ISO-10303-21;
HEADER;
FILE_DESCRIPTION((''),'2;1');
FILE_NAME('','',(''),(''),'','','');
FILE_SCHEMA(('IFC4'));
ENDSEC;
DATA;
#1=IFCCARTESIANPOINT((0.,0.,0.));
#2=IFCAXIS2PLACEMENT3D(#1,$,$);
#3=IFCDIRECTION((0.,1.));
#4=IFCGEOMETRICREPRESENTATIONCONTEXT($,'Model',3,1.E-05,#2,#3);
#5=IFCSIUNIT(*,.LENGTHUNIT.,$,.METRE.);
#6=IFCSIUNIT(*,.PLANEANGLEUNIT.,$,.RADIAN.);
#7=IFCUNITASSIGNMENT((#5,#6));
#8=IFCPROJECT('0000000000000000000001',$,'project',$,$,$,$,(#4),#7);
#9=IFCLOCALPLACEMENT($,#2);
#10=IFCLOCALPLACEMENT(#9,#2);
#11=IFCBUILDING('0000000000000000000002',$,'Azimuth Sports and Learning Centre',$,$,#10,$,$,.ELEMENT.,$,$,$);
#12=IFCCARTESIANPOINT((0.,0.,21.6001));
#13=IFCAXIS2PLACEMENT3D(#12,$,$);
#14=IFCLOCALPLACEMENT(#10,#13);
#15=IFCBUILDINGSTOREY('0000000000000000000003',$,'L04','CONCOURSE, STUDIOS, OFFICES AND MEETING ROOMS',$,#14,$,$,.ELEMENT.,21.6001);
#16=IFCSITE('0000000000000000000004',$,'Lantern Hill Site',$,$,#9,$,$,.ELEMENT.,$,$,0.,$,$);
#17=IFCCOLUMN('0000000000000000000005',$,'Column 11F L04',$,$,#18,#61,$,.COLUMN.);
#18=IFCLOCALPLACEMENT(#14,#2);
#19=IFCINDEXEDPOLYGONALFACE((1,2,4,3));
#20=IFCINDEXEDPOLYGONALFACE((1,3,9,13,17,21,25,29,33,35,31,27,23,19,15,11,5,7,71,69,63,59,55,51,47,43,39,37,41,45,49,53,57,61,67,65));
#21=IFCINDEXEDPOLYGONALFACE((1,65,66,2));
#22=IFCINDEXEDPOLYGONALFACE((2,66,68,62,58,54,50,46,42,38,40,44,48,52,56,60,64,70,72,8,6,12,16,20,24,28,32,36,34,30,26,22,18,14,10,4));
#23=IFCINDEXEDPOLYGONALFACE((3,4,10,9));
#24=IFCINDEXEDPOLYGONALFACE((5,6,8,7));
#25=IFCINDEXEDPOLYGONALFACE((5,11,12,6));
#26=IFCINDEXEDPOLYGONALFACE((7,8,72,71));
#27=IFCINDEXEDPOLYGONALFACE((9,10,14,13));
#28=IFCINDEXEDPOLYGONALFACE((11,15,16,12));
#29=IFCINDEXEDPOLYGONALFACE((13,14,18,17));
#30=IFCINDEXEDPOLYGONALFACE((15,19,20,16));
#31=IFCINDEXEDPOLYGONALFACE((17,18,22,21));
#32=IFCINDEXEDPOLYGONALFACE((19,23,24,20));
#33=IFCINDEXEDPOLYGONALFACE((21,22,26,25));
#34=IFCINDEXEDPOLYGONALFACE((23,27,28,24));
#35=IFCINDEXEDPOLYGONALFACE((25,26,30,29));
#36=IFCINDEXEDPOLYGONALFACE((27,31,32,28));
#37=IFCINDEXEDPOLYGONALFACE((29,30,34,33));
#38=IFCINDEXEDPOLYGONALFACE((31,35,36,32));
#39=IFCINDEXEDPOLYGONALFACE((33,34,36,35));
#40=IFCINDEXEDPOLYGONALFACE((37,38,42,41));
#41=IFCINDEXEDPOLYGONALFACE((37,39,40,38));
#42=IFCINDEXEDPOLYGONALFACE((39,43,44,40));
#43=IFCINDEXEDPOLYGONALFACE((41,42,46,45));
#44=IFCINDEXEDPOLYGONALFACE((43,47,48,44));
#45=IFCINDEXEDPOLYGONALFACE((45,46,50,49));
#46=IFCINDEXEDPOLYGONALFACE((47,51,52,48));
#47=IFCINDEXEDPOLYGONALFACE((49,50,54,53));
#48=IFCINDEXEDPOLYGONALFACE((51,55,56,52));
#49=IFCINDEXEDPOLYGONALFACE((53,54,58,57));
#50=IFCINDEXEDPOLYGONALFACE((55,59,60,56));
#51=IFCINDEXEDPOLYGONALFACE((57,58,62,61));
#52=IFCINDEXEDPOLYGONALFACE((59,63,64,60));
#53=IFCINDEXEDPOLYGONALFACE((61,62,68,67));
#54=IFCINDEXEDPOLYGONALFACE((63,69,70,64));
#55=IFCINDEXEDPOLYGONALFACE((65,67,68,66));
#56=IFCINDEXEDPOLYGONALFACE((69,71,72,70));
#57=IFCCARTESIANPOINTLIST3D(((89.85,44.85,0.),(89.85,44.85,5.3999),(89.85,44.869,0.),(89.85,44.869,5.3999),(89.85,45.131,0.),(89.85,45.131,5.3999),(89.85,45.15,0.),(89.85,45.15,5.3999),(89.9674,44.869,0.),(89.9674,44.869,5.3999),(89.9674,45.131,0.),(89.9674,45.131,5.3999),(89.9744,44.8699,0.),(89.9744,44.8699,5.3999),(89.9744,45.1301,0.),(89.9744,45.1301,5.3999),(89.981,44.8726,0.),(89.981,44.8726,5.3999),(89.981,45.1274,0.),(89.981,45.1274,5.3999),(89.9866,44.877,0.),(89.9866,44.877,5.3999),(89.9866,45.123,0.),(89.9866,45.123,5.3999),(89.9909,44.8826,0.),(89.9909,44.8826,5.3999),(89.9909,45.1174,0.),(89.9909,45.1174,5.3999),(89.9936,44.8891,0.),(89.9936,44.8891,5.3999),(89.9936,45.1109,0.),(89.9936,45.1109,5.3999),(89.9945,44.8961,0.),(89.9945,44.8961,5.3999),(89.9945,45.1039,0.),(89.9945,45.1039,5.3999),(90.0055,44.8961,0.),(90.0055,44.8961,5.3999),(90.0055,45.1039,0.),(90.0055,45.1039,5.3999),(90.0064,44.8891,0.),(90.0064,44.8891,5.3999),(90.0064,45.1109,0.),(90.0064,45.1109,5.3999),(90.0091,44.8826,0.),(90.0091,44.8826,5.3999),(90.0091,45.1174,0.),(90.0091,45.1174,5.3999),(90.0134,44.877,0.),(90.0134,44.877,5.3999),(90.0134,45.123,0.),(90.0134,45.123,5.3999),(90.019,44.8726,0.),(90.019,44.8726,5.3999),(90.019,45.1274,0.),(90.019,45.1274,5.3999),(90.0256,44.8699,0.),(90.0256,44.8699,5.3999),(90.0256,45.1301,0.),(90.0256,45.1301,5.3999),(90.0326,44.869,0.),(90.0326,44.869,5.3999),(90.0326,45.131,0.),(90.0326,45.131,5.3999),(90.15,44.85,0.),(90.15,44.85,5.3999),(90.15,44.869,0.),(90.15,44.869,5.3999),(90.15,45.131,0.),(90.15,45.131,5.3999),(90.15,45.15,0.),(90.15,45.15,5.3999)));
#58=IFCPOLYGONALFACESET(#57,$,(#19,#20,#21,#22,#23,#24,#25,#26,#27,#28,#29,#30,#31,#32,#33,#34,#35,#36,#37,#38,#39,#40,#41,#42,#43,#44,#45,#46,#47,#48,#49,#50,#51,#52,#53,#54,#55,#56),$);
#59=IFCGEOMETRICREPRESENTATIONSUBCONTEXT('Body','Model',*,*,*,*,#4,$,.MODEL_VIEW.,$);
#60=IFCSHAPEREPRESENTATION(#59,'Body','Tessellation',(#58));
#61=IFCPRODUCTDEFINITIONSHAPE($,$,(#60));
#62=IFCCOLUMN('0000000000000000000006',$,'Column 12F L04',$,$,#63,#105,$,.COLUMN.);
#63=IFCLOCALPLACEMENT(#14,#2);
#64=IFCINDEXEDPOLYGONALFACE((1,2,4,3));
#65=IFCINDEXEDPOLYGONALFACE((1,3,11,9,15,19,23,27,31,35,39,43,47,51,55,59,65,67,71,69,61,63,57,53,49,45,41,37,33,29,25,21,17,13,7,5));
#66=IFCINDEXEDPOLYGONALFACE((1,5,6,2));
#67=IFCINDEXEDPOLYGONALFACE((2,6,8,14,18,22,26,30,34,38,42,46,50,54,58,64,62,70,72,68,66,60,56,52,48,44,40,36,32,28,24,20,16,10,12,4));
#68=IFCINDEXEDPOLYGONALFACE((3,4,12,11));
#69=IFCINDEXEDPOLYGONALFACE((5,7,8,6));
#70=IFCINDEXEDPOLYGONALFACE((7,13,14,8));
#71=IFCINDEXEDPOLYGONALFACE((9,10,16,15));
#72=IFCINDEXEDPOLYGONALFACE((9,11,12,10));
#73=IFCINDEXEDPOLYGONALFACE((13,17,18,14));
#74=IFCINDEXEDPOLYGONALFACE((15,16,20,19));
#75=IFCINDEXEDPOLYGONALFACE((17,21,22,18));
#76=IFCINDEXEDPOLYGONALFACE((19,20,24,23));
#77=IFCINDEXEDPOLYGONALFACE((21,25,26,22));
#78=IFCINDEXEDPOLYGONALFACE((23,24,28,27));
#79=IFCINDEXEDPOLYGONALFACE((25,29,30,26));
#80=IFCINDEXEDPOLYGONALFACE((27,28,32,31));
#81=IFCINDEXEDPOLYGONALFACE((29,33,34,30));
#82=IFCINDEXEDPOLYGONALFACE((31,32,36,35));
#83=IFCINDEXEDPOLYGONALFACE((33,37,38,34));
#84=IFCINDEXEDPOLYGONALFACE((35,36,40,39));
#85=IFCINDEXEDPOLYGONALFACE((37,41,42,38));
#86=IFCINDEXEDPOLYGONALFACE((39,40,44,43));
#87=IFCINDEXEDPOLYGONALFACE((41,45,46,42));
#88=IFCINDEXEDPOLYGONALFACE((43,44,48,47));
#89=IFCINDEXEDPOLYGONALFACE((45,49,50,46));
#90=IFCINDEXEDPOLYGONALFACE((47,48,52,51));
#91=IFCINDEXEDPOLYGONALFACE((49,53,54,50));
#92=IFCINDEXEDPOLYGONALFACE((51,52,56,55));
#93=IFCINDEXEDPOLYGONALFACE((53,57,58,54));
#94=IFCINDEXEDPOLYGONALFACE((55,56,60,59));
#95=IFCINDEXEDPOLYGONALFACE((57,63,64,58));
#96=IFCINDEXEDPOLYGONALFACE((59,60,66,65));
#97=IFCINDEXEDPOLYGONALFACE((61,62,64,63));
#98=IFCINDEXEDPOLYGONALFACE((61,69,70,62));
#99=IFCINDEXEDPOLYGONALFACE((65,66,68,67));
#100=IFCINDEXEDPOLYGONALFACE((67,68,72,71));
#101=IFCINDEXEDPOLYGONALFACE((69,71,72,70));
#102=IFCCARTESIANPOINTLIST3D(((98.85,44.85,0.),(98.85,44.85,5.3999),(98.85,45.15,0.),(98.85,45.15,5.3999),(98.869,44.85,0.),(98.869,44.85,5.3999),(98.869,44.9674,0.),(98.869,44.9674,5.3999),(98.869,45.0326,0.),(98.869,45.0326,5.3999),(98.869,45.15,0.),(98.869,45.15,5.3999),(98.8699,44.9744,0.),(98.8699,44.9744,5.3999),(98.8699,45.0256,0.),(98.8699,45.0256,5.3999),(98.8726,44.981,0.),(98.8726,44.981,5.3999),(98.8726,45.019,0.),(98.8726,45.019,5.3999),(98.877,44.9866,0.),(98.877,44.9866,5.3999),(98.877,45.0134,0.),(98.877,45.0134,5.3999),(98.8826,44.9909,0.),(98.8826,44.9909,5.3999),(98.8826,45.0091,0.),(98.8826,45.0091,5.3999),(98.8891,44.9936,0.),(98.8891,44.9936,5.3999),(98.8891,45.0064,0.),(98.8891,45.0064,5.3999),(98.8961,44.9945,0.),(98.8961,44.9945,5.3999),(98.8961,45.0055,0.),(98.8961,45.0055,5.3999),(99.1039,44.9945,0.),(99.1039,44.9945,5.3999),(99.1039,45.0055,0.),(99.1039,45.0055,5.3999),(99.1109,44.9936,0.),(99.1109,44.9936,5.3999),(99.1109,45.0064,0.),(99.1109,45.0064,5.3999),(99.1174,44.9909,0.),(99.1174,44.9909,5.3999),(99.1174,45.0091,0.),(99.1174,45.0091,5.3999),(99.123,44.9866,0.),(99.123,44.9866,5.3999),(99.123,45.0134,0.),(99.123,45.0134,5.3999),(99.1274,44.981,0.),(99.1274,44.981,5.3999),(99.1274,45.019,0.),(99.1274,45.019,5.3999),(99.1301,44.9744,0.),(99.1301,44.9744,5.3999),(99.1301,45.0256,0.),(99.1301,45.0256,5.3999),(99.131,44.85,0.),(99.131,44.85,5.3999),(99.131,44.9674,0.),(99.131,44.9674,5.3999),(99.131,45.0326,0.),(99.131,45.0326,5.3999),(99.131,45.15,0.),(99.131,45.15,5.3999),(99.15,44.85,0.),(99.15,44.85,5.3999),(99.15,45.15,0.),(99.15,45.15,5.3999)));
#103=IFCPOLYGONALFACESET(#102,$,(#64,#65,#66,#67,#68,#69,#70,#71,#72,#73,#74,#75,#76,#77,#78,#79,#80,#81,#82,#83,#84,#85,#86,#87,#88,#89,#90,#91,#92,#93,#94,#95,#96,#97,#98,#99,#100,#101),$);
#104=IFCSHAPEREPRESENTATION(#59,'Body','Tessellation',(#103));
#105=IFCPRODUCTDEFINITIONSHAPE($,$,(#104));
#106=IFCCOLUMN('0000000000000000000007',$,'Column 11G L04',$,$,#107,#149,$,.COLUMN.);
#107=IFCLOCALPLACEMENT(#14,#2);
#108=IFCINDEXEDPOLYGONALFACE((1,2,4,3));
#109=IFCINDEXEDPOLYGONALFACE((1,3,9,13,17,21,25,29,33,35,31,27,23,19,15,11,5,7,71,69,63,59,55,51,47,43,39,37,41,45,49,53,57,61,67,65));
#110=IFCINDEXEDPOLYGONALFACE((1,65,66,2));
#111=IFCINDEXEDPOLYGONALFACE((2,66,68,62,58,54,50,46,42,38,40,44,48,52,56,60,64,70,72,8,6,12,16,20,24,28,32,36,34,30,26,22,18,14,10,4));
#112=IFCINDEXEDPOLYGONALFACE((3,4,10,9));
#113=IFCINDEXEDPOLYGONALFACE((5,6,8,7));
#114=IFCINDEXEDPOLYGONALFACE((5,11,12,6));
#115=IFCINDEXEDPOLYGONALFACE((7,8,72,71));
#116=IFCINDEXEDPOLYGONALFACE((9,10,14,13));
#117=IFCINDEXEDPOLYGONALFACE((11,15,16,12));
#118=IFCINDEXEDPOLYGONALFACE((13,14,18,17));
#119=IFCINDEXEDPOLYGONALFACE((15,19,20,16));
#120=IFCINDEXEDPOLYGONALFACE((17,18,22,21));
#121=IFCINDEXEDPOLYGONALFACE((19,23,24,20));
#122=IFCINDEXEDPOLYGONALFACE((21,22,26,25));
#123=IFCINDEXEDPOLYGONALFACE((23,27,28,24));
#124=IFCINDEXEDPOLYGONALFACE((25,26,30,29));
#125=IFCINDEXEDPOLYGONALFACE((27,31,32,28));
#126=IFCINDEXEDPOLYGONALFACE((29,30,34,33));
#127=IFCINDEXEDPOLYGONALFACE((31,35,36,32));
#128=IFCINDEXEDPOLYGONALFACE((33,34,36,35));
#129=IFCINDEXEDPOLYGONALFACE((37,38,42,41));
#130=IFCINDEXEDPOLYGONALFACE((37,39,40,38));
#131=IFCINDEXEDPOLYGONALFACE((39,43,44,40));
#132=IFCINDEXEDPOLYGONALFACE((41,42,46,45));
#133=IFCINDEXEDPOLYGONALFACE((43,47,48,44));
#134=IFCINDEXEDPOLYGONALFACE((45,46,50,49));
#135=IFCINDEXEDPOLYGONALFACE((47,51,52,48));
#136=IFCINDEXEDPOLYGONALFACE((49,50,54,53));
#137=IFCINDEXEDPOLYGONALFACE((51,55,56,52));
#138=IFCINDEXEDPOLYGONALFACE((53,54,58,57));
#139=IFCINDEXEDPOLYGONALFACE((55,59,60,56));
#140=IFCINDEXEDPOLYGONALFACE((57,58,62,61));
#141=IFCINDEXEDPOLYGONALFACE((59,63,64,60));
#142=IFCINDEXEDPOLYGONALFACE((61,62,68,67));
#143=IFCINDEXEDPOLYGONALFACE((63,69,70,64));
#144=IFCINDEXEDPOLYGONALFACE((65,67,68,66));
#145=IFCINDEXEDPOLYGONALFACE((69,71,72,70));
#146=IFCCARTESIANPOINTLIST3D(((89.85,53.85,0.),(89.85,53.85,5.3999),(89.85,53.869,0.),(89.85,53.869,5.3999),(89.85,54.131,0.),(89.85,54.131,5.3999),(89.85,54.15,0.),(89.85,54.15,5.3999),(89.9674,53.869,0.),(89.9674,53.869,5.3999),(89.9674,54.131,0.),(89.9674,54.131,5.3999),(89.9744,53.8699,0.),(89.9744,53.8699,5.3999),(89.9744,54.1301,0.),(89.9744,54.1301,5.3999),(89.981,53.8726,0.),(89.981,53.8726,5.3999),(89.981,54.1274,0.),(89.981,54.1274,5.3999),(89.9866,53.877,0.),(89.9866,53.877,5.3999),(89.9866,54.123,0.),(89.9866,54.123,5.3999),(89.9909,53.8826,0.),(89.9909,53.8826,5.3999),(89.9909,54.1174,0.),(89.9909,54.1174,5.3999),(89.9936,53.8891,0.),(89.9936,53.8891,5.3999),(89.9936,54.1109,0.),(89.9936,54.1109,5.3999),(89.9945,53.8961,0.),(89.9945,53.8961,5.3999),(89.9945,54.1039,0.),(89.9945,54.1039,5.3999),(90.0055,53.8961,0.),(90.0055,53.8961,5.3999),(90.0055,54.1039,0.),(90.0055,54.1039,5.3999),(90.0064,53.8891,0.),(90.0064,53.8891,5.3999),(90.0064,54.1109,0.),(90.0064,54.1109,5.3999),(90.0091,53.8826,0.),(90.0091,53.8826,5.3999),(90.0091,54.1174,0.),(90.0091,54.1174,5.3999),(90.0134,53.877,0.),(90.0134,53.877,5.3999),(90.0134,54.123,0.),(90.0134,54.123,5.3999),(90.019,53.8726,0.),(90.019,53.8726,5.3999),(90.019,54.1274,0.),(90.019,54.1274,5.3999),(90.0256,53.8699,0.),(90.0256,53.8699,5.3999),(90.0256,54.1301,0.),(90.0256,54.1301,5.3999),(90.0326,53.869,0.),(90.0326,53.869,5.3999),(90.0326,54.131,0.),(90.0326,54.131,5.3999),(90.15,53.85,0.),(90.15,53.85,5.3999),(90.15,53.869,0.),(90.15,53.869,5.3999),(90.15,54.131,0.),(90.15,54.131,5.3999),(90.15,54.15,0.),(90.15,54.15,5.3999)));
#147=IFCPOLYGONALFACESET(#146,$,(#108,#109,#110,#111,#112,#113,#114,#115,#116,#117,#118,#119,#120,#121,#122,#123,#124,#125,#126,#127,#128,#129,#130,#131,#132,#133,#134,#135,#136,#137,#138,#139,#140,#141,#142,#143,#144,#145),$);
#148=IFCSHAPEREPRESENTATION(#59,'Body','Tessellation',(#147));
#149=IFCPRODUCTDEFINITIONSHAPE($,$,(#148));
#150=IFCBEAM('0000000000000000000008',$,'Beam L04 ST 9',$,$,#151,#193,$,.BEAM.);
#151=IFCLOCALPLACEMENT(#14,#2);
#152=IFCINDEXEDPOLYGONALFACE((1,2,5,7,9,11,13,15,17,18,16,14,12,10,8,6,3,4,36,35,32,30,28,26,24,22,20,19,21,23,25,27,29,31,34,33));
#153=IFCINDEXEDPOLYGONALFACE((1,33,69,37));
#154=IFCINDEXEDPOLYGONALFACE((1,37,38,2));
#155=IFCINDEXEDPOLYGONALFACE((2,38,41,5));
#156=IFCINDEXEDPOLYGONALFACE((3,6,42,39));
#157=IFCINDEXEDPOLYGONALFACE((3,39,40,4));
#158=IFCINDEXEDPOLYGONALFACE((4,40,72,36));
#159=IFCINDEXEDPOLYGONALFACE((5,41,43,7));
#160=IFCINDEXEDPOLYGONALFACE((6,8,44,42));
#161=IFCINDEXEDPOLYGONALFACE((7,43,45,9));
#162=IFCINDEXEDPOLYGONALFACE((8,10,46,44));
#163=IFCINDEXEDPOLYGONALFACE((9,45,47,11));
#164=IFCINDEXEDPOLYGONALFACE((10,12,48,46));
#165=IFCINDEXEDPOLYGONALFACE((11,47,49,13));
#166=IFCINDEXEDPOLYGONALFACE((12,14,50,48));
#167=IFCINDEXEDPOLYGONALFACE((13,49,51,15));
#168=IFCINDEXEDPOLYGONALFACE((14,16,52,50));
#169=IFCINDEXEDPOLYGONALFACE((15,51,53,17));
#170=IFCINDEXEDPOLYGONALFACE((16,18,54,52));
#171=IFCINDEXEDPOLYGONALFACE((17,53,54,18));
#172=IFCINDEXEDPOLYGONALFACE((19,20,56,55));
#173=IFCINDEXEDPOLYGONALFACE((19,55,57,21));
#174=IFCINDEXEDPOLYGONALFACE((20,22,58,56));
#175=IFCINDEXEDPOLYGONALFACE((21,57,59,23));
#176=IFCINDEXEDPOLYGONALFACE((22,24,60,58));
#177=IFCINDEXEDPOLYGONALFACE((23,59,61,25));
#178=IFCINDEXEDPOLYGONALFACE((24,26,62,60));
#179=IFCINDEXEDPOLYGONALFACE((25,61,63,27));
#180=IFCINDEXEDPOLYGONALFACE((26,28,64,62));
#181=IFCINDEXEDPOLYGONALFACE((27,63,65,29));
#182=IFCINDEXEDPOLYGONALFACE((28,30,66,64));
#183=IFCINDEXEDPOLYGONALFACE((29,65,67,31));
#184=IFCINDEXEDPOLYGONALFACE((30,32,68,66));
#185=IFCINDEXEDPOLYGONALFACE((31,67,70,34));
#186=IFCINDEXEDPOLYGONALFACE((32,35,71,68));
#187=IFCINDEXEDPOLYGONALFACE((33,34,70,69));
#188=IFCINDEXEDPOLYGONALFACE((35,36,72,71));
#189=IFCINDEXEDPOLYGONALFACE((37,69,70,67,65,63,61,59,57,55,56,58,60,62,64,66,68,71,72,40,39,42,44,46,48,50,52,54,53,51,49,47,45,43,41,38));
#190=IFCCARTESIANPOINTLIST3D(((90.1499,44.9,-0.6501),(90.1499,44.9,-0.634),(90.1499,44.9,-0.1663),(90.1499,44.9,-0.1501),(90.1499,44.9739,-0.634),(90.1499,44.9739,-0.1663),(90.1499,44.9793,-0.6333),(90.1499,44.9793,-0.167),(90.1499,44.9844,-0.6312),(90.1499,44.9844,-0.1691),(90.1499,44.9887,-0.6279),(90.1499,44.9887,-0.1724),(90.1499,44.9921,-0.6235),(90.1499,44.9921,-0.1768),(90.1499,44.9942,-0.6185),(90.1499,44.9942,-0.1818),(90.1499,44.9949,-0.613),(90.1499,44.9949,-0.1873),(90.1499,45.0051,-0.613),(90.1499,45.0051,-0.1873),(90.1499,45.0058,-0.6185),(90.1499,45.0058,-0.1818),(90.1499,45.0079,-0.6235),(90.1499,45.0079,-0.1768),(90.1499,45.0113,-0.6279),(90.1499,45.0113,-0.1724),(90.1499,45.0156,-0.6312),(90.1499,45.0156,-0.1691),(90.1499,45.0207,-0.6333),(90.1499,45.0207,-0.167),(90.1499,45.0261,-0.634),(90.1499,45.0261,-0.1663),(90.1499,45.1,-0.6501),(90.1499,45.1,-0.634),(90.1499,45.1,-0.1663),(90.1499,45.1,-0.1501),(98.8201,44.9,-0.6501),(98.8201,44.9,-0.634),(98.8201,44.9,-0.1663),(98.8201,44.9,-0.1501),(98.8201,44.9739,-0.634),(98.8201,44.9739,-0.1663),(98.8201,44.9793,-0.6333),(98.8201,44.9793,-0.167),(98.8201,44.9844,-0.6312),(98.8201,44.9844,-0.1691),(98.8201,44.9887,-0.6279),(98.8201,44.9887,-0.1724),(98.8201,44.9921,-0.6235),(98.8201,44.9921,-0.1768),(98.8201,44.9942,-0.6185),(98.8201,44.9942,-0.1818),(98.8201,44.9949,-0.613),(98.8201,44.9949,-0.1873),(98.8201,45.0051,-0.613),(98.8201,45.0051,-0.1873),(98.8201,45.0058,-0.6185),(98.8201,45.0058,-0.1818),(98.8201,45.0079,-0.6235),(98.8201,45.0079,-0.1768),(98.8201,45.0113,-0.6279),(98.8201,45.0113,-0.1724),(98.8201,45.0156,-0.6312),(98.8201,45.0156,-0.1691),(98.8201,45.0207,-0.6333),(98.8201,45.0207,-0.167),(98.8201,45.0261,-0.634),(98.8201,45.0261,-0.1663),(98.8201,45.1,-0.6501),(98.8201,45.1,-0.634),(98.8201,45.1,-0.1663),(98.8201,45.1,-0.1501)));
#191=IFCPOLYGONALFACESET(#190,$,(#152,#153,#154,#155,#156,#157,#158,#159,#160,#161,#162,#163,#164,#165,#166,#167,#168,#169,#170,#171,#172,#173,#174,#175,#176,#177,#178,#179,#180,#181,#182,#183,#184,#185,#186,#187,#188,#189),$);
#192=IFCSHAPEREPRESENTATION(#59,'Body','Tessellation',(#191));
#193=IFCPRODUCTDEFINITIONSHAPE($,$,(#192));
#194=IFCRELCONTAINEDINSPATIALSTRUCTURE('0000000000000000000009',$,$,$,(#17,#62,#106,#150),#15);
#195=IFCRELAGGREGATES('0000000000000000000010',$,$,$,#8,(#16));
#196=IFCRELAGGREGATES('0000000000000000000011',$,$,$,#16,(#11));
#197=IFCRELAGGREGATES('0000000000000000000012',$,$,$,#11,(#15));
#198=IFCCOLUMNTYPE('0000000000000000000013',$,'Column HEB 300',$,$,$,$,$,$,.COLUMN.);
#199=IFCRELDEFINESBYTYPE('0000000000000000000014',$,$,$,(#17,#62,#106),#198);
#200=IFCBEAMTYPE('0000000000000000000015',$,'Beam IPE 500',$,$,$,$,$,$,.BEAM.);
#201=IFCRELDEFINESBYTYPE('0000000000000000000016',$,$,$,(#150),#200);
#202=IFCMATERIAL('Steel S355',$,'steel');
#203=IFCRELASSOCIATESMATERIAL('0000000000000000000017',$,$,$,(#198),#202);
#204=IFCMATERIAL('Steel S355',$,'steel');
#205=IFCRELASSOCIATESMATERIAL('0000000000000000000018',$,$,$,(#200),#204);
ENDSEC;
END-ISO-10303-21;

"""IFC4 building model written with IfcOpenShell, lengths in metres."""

from ifc_helpers import new_model, si_unit, direction, frame, origin, origin_2d, place, context, subcontext, project, spatial, i_section, extrude, material, material_profile, profile_set, type_object, element, save


model = new_model("IFC4")

# Units and contexts
model_context = context("Model", 3, precision=1e-05, world=origin(), true_north=direction((0.0, 1.0)))
body_context = subcontext(model_context, "Body", "Model", "MODEL_VIEW")
ifc_project = project(units=[si_unit("LENGTHUNIT", "METRE"), si_unit("PLANEANGLEUNIT", "RADIAN")], contexts=[model_context])

# Site, building, storey
site_placement = place(None, origin())
site = spatial("IfcSite", under=ifc_project, at=site_placement, Name="Lantern Hill Site", CompositionType="ELEMENT", RefElevation=0.0)
building_placement = place(site_placement, origin())
building = spatial("IfcBuilding", under=site, at=building_placement, Name="Azimuth Sports and Learning Centre", CompositionType="ELEMENT")
storey_placement = place(building_placement, frame((0.0, 0.0, 21.6001)))
storey = spatial("IfcBuildingStorey", under=building, at=storey_placement, Name="L04", Description="CONCOURSE, STUDIOS, OFFICES AND MEETING ROOMS", CompositionType="ELEMENT", Elevation=21.6001)

# Columns
ifc_material_1 = material(Name="Steel S355", Category="steel")
ifc_material_profile_1 = material_profile(ifc_material_1, i_section(OverallWidth=0.3, OverallDepth=0.3, WebThickness=0.011, FlangeThickness=0.019, FilletRadius=0.0271, at=origin_2d()), Name="HEB 300")
ifc_profile_set_1 = profile_set([ifc_material_profile_1], Name="Steel S355")
column_type = type_object("IfcColumnType", Name="Column HEB 300", PredefinedType="COLUMN", material=ifc_profile_set_1)
for number, where, z_axis, x_axis, name in (
    (1, (90.0, 45.0, 0.0), (0.0, 0.0, 1.0), (1.0, 0.0, 0.0), "Column 11F L04"),
    (2, (99.0, 45.0, 0.0), (0.0, 0.0, 1.0), (0.0, 1.0, 0.0), "Column 12F L04"),
    (3, (90.0, 54.0, 0.0), (0.0, 0.0, 1.0), (1.0, 0.0, 0.0), "Column 11G L04"),
):
    element("IfcColumn", number, at=place(storey_placement, frame(where, z_axis=z_axis, x_axis=x_axis)), inside=storey, type_object=column_type, Name=name, PredefinedType="COLUMN", context=body_context, shape_type="SweptSolid", body=[
        extrude(i_section(OverallWidth=0.3, OverallDepth=0.3, WebThickness=0.011, FlangeThickness=0.019, FilletRadius=0.0271, at=origin_2d()), origin(), (0.0, 0.0, 1.0), 5.3999),
    ])

# Beam
ifc_material_2 = material(Name="Steel S355", Category="steel")
ifc_material_profile_2 = material_profile(ifc_material_2, i_section(OverallWidth=0.2, OverallDepth=0.5, WebThickness=0.0103, FlangeThickness=0.0161, FilletRadius=0.021, at=origin_2d()), Name="IPE 500")
ifc_profile_set_2 = profile_set([ifc_material_profile_2], Name="Steel S355")
beam_type_1 = type_object("IfcBeamType", Name="Beam IPE 500", PredefinedType="BEAM", material=ifc_profile_set_2)
beam_1_placement = place(storey_placement, frame((90.1499, 45.0, -0.4001), z_axis=(1.0, 0.0, 0.0), x_axis=(0.0, 1.0, 0.0)))
element("IfcBeam", 4, at=beam_1_placement, inside=storey, type_object=beam_type_1, Name="Beam L04 ST 9", PredefinedType="BEAM", context=body_context, shape_type="SweptSolid", body=[
    extrude(i_section(OverallWidth=0.2, OverallDepth=0.5, WebThickness=0.0103, FlangeThickness=0.0161, FilletRadius=0.021, at=origin_2d()), origin(), (0.0, 0.0, 1.0), 8.6702),
])

save(model, "model.ifc")
